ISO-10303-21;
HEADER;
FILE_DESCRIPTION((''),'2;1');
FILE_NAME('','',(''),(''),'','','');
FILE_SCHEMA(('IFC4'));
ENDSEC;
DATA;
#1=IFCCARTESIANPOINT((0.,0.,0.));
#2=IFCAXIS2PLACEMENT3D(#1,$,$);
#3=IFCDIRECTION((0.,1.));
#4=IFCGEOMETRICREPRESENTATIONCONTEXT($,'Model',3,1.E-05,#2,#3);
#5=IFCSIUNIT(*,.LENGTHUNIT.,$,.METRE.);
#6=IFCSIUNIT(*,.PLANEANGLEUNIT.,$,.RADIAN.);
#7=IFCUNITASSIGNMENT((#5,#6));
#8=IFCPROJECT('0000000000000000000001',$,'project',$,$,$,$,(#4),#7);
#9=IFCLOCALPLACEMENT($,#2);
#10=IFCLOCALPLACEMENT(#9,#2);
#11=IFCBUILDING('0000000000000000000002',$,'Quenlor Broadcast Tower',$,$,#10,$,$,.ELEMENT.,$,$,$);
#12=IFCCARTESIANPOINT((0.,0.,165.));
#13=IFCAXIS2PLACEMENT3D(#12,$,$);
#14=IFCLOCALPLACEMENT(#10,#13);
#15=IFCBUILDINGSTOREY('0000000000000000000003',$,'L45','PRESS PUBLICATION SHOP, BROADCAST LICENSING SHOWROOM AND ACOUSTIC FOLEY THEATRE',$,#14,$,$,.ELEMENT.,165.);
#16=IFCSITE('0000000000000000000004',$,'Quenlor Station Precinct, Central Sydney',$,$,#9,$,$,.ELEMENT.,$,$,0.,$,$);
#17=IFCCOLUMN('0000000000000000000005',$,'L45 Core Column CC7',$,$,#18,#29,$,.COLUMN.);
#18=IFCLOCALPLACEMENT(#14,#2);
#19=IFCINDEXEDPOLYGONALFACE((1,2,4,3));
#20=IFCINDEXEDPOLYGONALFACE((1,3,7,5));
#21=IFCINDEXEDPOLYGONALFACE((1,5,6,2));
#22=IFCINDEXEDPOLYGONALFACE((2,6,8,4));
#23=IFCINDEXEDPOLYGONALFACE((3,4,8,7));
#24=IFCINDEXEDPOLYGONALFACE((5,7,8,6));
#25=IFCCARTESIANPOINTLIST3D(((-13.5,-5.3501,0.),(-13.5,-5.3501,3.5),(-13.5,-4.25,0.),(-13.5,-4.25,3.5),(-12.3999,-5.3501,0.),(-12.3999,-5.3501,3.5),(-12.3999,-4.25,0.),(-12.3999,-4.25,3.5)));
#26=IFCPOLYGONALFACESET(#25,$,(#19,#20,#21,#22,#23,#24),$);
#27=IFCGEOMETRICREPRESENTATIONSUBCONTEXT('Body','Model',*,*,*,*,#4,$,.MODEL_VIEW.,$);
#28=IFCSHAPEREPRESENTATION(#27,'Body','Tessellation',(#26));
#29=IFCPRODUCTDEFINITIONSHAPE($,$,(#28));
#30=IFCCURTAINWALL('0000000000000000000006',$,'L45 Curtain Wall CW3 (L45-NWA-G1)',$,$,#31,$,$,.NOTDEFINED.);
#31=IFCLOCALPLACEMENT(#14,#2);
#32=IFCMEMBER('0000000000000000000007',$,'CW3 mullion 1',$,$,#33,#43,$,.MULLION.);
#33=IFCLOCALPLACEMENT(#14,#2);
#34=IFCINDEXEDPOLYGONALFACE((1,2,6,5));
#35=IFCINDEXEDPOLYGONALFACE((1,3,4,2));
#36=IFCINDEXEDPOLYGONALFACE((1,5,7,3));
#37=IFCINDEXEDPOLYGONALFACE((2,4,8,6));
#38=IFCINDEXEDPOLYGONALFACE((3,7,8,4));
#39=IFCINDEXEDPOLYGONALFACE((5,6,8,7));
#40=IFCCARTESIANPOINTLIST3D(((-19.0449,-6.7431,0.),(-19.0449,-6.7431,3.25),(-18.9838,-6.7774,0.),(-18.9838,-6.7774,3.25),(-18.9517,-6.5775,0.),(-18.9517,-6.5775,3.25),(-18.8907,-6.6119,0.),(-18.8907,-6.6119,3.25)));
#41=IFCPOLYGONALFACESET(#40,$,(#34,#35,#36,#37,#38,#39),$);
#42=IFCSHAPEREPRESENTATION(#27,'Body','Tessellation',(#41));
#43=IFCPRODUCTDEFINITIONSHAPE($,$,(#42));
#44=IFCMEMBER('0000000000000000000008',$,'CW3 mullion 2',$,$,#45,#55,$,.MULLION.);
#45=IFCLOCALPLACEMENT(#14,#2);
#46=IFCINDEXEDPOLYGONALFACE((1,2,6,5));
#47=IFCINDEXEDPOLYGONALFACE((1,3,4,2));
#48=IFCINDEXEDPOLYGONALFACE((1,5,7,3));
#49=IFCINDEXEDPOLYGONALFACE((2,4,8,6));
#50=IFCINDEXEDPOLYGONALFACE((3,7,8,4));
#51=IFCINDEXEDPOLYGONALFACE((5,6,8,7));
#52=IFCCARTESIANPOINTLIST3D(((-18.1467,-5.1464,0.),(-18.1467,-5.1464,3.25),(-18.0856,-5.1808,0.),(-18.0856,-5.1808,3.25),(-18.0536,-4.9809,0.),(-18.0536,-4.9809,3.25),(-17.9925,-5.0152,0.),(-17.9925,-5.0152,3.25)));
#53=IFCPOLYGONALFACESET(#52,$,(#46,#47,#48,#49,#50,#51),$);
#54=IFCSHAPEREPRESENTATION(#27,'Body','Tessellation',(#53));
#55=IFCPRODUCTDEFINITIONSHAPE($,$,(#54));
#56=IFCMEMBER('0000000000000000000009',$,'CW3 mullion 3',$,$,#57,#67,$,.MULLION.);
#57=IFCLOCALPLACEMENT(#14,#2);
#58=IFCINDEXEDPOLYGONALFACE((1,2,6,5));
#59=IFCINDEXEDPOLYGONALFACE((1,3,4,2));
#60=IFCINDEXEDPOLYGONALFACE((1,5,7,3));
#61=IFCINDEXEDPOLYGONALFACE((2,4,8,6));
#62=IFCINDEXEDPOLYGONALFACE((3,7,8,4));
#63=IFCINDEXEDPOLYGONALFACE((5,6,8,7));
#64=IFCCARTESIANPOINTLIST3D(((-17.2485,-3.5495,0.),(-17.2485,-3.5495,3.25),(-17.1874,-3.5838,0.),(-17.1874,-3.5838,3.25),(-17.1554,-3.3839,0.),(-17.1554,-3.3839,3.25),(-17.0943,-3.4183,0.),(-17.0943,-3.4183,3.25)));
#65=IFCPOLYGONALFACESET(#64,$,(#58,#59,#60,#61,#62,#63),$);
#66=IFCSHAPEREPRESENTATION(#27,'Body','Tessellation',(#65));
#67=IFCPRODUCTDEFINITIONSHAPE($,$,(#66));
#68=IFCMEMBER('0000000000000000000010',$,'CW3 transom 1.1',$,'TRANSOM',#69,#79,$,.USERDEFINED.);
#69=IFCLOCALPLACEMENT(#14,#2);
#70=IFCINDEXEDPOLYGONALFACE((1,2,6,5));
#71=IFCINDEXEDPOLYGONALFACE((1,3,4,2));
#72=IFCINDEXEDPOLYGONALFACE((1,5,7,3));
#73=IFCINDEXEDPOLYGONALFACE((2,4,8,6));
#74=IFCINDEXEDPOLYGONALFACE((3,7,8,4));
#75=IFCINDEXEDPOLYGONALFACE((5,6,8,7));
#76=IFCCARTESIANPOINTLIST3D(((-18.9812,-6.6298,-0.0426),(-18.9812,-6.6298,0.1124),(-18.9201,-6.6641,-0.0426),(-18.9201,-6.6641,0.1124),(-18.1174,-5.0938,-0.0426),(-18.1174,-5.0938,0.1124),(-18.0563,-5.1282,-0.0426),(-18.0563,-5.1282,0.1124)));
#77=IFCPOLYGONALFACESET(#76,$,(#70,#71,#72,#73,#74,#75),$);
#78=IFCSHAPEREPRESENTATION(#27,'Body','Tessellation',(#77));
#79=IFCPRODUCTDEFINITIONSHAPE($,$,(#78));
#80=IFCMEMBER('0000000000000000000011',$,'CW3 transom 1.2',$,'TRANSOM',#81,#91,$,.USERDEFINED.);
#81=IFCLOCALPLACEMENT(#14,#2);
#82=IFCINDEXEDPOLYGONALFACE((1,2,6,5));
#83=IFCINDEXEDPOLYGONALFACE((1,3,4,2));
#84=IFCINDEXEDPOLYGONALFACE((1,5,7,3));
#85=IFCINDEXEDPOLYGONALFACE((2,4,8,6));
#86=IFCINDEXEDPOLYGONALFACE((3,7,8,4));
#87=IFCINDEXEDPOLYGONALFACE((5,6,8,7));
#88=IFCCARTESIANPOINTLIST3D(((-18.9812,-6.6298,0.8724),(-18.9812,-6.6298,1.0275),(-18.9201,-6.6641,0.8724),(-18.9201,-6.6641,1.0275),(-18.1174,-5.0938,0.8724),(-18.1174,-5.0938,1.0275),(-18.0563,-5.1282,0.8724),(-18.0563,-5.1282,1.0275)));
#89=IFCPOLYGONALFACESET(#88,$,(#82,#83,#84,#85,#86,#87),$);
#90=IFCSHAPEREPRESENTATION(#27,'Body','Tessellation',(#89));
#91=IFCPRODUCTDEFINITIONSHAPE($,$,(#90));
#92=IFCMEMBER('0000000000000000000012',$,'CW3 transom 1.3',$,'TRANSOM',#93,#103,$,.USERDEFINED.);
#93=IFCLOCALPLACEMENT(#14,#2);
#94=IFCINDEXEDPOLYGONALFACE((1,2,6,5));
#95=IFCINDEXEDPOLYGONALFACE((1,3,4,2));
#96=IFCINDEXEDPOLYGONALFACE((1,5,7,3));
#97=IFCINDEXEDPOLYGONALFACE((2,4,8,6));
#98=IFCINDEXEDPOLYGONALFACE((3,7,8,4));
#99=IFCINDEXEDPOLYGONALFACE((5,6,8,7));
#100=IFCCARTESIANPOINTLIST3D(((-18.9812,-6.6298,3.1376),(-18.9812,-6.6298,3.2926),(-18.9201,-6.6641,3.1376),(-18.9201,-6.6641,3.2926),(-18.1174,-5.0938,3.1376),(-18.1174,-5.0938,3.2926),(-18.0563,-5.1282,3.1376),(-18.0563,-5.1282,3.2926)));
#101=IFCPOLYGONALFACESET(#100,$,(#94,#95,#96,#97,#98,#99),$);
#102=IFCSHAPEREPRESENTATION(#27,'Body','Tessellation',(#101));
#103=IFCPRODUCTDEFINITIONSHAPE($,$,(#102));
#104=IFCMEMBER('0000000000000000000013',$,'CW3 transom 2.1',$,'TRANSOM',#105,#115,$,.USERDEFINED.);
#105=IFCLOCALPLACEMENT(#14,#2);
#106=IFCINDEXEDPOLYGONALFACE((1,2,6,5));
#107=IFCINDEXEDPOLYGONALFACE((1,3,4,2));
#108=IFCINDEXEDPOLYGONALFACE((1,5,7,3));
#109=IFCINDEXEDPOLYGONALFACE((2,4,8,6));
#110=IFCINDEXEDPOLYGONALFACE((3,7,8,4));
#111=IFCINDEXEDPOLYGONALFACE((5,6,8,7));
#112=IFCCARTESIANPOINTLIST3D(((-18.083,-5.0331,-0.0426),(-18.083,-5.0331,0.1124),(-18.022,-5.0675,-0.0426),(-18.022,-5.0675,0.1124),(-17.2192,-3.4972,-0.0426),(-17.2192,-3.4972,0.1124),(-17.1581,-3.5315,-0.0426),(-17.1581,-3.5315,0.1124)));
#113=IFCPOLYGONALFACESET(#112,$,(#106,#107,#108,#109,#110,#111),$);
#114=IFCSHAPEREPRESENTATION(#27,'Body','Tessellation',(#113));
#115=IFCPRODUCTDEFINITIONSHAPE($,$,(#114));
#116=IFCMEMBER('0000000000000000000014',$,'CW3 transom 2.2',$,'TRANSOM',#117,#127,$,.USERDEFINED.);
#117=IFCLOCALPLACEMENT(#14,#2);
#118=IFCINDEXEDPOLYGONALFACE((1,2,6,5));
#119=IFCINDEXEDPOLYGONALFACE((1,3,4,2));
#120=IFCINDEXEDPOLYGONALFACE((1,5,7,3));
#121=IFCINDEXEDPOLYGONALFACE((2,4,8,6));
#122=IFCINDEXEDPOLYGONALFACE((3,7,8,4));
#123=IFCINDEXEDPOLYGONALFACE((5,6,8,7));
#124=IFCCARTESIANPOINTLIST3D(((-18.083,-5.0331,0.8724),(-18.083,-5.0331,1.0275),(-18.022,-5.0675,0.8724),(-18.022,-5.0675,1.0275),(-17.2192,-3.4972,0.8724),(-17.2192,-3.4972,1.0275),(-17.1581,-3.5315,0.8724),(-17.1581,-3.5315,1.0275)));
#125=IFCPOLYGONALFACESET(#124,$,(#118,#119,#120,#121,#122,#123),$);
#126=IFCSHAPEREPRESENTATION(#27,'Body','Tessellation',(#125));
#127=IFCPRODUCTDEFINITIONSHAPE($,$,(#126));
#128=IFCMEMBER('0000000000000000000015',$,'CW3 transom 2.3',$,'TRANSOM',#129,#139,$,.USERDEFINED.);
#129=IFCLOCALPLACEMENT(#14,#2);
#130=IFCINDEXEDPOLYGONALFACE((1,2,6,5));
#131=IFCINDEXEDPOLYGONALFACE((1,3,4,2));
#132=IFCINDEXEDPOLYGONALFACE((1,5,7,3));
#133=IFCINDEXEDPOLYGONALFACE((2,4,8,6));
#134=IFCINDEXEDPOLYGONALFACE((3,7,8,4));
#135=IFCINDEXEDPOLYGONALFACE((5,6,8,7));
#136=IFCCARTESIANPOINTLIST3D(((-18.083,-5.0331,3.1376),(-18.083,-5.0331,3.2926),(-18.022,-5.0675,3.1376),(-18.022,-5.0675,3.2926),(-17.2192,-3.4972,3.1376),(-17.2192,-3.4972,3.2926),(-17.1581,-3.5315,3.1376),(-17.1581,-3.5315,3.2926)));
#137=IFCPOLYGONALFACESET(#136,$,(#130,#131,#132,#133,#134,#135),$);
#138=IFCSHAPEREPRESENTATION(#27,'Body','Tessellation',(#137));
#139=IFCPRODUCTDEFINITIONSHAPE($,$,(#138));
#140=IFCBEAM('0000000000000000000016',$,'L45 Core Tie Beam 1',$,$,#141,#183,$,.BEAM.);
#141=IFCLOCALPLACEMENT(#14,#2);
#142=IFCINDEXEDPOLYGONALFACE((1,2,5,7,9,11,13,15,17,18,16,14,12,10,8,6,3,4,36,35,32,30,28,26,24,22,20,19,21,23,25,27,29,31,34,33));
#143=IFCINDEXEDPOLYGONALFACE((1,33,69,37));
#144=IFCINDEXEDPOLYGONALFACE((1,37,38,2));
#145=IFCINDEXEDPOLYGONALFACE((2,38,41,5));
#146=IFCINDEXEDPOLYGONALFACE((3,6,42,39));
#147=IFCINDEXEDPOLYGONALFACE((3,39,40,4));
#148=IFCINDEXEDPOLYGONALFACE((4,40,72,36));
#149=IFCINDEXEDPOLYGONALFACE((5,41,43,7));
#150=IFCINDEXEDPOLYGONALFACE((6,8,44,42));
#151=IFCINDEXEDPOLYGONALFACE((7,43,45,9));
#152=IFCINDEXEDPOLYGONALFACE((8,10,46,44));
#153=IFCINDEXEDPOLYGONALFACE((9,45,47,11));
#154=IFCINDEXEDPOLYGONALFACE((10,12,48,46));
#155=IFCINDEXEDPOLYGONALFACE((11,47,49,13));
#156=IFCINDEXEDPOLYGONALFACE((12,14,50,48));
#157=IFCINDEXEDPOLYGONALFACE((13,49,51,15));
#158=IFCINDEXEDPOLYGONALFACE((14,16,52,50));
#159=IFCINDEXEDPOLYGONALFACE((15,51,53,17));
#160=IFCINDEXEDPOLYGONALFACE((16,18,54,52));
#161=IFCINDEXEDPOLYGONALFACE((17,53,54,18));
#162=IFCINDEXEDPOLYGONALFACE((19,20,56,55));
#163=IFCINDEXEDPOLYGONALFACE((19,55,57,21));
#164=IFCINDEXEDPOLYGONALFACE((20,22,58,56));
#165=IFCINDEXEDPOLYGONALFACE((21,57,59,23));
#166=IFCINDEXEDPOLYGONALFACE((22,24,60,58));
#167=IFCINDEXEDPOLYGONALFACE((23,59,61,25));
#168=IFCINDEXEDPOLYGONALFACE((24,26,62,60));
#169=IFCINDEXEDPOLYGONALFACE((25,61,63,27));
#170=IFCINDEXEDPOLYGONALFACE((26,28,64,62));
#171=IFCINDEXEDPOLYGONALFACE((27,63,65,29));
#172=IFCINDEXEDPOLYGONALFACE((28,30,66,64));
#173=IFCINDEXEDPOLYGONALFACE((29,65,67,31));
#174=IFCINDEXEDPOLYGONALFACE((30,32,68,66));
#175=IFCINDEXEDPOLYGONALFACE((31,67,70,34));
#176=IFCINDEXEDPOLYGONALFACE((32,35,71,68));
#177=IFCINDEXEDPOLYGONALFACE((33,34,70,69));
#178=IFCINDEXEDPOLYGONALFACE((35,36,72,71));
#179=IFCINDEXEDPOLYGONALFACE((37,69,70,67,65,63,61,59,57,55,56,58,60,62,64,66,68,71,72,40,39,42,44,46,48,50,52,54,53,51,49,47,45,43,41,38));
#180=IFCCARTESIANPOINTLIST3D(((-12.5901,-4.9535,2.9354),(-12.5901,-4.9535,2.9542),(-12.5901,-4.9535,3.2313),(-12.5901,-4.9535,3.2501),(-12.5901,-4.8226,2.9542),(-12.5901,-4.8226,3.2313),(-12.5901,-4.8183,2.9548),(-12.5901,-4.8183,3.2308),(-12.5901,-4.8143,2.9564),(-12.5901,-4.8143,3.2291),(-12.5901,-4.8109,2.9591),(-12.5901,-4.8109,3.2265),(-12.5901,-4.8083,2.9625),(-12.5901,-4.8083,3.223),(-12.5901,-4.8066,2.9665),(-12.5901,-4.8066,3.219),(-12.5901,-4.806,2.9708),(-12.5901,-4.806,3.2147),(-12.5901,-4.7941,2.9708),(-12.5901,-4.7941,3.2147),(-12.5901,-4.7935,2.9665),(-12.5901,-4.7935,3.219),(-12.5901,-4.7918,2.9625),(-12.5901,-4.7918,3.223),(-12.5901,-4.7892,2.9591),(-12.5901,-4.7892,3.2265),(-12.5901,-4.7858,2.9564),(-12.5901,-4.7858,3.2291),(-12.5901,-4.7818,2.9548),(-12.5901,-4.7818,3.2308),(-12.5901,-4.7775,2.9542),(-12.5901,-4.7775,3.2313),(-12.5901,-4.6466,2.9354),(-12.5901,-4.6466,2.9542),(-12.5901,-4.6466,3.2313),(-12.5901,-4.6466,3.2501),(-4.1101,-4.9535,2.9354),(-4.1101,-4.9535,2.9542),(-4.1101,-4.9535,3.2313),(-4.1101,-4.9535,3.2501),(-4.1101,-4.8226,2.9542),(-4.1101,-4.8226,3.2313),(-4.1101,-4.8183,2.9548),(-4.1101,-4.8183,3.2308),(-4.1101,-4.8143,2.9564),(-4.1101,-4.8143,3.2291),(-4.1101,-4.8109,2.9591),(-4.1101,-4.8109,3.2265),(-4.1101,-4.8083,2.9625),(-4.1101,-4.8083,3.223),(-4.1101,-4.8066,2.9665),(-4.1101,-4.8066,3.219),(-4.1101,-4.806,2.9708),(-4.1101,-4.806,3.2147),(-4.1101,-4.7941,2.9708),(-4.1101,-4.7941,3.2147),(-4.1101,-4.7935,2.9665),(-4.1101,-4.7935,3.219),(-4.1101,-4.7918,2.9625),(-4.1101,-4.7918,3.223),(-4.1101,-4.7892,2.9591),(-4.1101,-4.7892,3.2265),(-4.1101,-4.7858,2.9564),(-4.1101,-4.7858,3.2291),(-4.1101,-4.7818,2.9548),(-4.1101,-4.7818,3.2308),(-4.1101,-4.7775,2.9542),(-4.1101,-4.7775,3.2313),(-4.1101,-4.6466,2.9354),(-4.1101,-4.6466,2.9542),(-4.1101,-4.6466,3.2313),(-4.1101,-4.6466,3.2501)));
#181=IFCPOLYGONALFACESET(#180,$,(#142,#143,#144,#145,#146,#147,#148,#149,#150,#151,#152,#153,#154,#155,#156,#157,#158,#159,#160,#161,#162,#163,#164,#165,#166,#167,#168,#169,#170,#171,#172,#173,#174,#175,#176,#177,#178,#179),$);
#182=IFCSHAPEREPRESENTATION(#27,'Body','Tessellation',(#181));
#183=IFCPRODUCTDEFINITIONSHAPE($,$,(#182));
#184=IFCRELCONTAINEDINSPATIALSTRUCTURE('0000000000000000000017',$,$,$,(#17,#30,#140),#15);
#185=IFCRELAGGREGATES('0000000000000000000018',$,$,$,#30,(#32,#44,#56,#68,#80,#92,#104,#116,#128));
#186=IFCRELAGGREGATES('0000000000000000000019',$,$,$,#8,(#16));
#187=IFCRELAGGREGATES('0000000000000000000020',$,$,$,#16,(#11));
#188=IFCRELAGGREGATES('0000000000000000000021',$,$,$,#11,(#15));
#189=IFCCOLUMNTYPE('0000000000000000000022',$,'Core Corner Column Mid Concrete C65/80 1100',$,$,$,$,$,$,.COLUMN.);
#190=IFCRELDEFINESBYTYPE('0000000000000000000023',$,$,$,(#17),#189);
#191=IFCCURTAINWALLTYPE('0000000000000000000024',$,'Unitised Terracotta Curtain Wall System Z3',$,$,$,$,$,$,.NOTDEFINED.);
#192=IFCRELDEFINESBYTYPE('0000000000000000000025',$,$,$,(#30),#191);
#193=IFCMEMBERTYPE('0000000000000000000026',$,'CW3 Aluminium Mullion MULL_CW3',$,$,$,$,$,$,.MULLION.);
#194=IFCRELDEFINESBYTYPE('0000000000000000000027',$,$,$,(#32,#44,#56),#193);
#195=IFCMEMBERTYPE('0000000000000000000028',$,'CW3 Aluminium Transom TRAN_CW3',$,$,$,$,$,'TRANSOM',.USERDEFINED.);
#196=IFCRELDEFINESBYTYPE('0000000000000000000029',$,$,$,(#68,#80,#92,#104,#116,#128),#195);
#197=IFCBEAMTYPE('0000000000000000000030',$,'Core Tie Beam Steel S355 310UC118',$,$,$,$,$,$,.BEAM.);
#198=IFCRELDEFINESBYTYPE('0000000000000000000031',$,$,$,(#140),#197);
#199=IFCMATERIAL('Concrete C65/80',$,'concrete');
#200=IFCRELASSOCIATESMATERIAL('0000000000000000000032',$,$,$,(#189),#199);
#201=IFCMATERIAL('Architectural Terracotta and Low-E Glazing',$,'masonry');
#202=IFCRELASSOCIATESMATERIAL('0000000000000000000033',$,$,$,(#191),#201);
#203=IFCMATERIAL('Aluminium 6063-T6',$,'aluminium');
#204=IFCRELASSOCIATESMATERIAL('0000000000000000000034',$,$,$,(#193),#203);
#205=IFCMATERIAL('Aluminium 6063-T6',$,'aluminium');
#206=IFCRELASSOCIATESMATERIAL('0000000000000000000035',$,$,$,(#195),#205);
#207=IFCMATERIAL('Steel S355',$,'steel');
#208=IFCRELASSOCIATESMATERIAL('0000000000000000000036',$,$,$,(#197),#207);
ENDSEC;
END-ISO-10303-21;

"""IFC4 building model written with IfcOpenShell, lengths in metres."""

from ifc_helpers import new_model, si_unit, direction, frame, origin, origin_2d, place, context, subcontext, project, spatial, rectangle, i_section, extrude, material, material_profile, profile_set, type_object, element, aggregate, save


model = new_model("IFC4")

# Units and contexts
model_context = context("Model", 3, precision=1e-05, world=origin(), true_north=direction((0.0, 1.0)))
body_context = subcontext(model_context, "Body", "Model", "MODEL_VIEW")
ifc_project = project(units=[si_unit("LENGTHUNIT", "METRE"), si_unit("PLANEANGLEUNIT", "RADIAN")], contexts=[model_context])

# Site, building, storey
site_placement = place(None, origin())
site = spatial("IfcSite", under=ifc_project, at=site_placement, Name="Quenlor Station Precinct, Central Sydney", CompositionType="ELEMENT", RefElevation=0.0)
building_placement = place(site_placement, origin())
building = spatial("IfcBuilding", under=site, at=building_placement, Name="Quenlor Broadcast Tower", CompositionType="ELEMENT")
storey_placement = place(building_placement, frame((0.0, 0.0, 165.0)))
storey = spatial("IfcBuildingStorey", under=building, at=storey_placement, Name="L45", Description="PRESS PUBLICATION SHOP, BROADCAST LICENSING SHOWROOM AND ACOUSTIC FOLEY THEATRE", CompositionType="ELEMENT", Elevation=165.0)

# Column
ifc_material_1 = material(Name="Concrete C65/80", Category="concrete")
ifc_material_profile_1 = material_profile(ifc_material_1, rectangle(XDim=1.1001, YDim=1.1001, at=origin_2d()))
ifc_profile_set_1 = profile_set([ifc_material_profile_1], Name="Concrete C65/80 RC1100x1100")
column_type = type_object("IfcColumnType", Name="Core Corner Column Mid Concrete C65/80 1100", PredefinedType="COLUMN", material=ifc_profile_set_1)
column_placement = place(storey_placement, frame((-12.95, -4.8, 0.0), z_axis=(0.0, 0.0, 1.0), x_axis=(1.0, 0.0, 0.0)))
element("IfcColumn", 1, at=column_placement, inside=storey, type_object=column_type, Name="L45 Core Column CC7", PredefinedType="COLUMN", context=body_context, shape_type="SweptSolid", body=[
    extrude(rectangle(XDim=1.1001, YDim=1.1001, at=origin_2d()), origin(), (0.0, 0.0, 1.0), 3.5),
])

# Curtain wall, members
ifc_material_2 = material(Name="Architectural Terracotta and Low-E Glazing", Category="masonry")
curtain_wall_type = type_object("IfcCurtainWallType", Name="Unitised Terracotta Curtain Wall System Z3", PredefinedType="NOTDEFINED", material=ifc_material_2)
curtain_wall_placement = place(storey_placement, origin())
curtain_wall = element("IfcCurtainWall", 2, at=curtain_wall_placement, inside=storey, type_object=curtain_wall_type, Name="L45 Curtain Wall CW3 (L45-NWA-G1)", PredefinedType="NOTDEFINED")
ifc_material_3 = material(Name="Aluminium 6063-T6", Category="aluminium")
ifc_material_profile_2 = material_profile(ifc_material_3, rectangle(XDim=0.0701, YDim=0.1899, at=origin_2d()))
ifc_profile_set_2 = profile_set([ifc_material_profile_2], Name="Aluminium 6063-T6 MULL70x190")
member_type_1 = type_object("IfcMemberType", Name="CW3 Aluminium Mullion MULL_CW3", PredefinedType="MULLION", material=ifc_profile_set_2)
member_1_placement = place(storey_placement, frame((-18.9678, -6.6775, 0.0), z_axis=(0.0, 0.0, 1.0), x_axis=(-0.871577, 0.490259, 0.0)))
member_1 = element("IfcMember", 3, at=member_1_placement, type_object=member_type_1, Name="CW3 mullion 1", PredefinedType="MULLION", context=body_context, shape_type="SweptSolid", body=[
    extrude(rectangle(XDim=0.0701, YDim=0.1899, at=origin_2d()), origin(), (0.0, 0.0, 1.0), 3.25),
])
member_2_placement = place(storey_placement, frame((-18.0696, -5.0808, 0.0), z_axis=(0.0, 0.0, 1.0), x_axis=(-0.871577, 0.490259, 0.0)))
member_2 = element("IfcMember", 4, at=member_2_placement, type_object=member_type_1, Name="CW3 mullion 2", PredefinedType="MULLION", context=body_context, shape_type="SweptSolid", body=[
    extrude(rectangle(XDim=0.0701, YDim=0.1899, at=origin_2d()), origin(), (0.0, 0.0, 1.0), 3.25),
])
member_3_placement = place(storey_placement, frame((-17.1714, -3.4839, 0.0), z_axis=(0.0, 0.0, 1.0), x_axis=(-0.871577, 0.490259, 0.0)))
member_3 = element("IfcMember", 5, at=member_3_placement, type_object=member_type_1, Name="CW3 mullion 3", PredefinedType="MULLION", context=body_context, shape_type="SweptSolid", body=[
    extrude(rectangle(XDim=0.0701, YDim=0.1899, at=origin_2d()), origin(), (0.0, 0.0, 1.0), 3.25),
])
ifc_material_4 = material(Name="Aluminium 6063-T6", Category="aluminium")
ifc_material_profile_3 = material_profile(ifc_material_4, rectangle(XDim=0.0701, YDim=0.155, at=origin_2d()))
ifc_profile_set_3 = profile_set([ifc_material_profile_3], Name="Aluminium 6063-T6 TRAN70x155")
member_type_2 = type_object("IfcMemberType", Name="CW3 Aluminium Transom TRAN_CW3", ElementType="TRANSOM", PredefinedType="USERDEFINED", material=ifc_profile_set_3)
member_4_placement = place(storey_placement, frame((-18.9507, -6.647, 0.0349), z_axis=(0.490189, 0.871616, 0.0), x_axis=(-0.871616, 0.490189, 0.0)))
member_4 = element("IfcMember", 6, at=member_4_placement, type_object=member_type_2, Name="CW3 transom 1.1", ObjectType="TRANSOM", PredefinedType="USERDEFINED", context=body_context, shape_type="SweptSolid", body=[
    extrude(rectangle(XDim=0.0701, YDim=0.155, at=origin_2d()), origin(), (0.0, 0.0, 1.0), 1.7622),
])
member_5_placement = place(storey_placement, frame((-18.9507, -6.647, 0.95), z_axis=(0.490189, 0.871616, 0.0), x_axis=(-0.871616, 0.490189, 0.0)))
member_5 = element("IfcMember", 7, at=member_5_placement, type_object=member_type_2, Name="CW3 transom 1.2", ObjectType="TRANSOM", PredefinedType="USERDEFINED", context=body_context, shape_type="SweptSolid", body=[
    extrude(rectangle(XDim=0.0701, YDim=0.155, at=origin_2d()), origin(), (0.0, 0.0, 1.0), 1.7622),
])
member_6_placement = place(storey_placement, frame((-18.9507, -6.647, 3.2151), z_axis=(0.490189, 0.871616, 0.0), x_axis=(-0.871616, 0.490189, 0.0)))
member_6 = element("IfcMember", 8, at=member_6_placement, type_object=member_type_2, Name="CW3 transom 1.3", ObjectType="TRANSOM", PredefinedType="USERDEFINED", context=body_context, shape_type="SweptSolid", body=[
    extrude(rectangle(XDim=0.0701, YDim=0.155, at=origin_2d()), origin(), (0.0, 0.0, 1.0), 1.7622),
])
member_7_placement = place(storey_placement, frame((-18.0525, -5.0503, 0.0349), z_axis=(0.490189, 0.871616, 0.0), x_axis=(-0.871616, 0.490189, 0.0)))
member_7 = element("IfcMember", 9, at=member_7_placement, type_object=member_type_2, Name="CW3 transom 2.1", ObjectType="TRANSOM", PredefinedType="USERDEFINED", context=body_context, shape_type="SweptSolid", body=[
    extrude(rectangle(XDim=0.0701, YDim=0.155, at=origin_2d()), origin(), (0.0, 0.0, 1.0), 1.7622),
])
member_8_placement = place(storey_placement, frame((-18.0525, -5.0503, 0.95), z_axis=(0.490189, 0.871616, 0.0), x_axis=(-0.871616, 0.490189, 0.0)))
member_8 = element("IfcMember", 10, at=member_8_placement, type_object=member_type_2, Name="CW3 transom 2.2", ObjectType="TRANSOM", PredefinedType="USERDEFINED", context=body_context, shape_type="SweptSolid", body=[
    extrude(rectangle(XDim=0.0701, YDim=0.155, at=origin_2d()), origin(), (0.0, 0.0, 1.0), 1.7622),
])
member_9_placement = place(storey_placement, frame((-18.0525, -5.0503, 3.2151), z_axis=(0.490189, 0.871616, 0.0), x_axis=(-0.871616, 0.490189, 0.0)))
member_9 = element("IfcMember", 11, at=member_9_placement, type_object=member_type_2, Name="CW3 transom 2.3", ObjectType="TRANSOM", PredefinedType="USERDEFINED", context=body_context, shape_type="SweptSolid", body=[
    extrude(rectangle(XDim=0.0701, YDim=0.155, at=origin_2d()), origin(), (0.0, 0.0, 1.0), 1.7622),
])

# Beam
ifc_material_5 = material(Name="Steel S355", Category="steel")
ifc_material_profile_4 = material_profile(ifc_material_5, i_section(OverallWidth=0.3069, OverallDepth=0.3147, WebThickness=0.012, FlangeThickness=0.0188, FilletRadius=0.0166, at=origin_2d()))
ifc_profile_set_4 = profile_set([ifc_material_profile_4], Name="Steel S355 310UC118")
beam_type_1 = type_object("IfcBeamType", Name="Core Tie Beam Steel S355 310UC118", PredefinedType="BEAM", material=ifc_profile_set_4)
beam_1_placement = place(storey_placement, frame((-12.5901, -4.8, 3.0928), z_axis=(1.0, 0.0, 0.0), x_axis=(0.0, 1.0, 0.0)))
element("IfcBeam", 12, at=beam_1_placement, inside=storey, type_object=beam_type_1, Name="L45 Core Tie Beam 1", PredefinedType="BEAM", context=body_context, shape_type="SweptSolid", body=[
    extrude(i_section(OverallWidth=0.3069, OverallDepth=0.3147, WebThickness=0.012, FlangeThickness=0.0188, FilletRadius=0.0166, at=origin_2d()), origin(), (0.0, 0.0, 1.0), 8.48),
])

aggregate(curtain_wall, [member_1, member_2, member_3, member_4, member_5, member_6, member_7, member_8, member_9])

save(model, "model.ifc")
